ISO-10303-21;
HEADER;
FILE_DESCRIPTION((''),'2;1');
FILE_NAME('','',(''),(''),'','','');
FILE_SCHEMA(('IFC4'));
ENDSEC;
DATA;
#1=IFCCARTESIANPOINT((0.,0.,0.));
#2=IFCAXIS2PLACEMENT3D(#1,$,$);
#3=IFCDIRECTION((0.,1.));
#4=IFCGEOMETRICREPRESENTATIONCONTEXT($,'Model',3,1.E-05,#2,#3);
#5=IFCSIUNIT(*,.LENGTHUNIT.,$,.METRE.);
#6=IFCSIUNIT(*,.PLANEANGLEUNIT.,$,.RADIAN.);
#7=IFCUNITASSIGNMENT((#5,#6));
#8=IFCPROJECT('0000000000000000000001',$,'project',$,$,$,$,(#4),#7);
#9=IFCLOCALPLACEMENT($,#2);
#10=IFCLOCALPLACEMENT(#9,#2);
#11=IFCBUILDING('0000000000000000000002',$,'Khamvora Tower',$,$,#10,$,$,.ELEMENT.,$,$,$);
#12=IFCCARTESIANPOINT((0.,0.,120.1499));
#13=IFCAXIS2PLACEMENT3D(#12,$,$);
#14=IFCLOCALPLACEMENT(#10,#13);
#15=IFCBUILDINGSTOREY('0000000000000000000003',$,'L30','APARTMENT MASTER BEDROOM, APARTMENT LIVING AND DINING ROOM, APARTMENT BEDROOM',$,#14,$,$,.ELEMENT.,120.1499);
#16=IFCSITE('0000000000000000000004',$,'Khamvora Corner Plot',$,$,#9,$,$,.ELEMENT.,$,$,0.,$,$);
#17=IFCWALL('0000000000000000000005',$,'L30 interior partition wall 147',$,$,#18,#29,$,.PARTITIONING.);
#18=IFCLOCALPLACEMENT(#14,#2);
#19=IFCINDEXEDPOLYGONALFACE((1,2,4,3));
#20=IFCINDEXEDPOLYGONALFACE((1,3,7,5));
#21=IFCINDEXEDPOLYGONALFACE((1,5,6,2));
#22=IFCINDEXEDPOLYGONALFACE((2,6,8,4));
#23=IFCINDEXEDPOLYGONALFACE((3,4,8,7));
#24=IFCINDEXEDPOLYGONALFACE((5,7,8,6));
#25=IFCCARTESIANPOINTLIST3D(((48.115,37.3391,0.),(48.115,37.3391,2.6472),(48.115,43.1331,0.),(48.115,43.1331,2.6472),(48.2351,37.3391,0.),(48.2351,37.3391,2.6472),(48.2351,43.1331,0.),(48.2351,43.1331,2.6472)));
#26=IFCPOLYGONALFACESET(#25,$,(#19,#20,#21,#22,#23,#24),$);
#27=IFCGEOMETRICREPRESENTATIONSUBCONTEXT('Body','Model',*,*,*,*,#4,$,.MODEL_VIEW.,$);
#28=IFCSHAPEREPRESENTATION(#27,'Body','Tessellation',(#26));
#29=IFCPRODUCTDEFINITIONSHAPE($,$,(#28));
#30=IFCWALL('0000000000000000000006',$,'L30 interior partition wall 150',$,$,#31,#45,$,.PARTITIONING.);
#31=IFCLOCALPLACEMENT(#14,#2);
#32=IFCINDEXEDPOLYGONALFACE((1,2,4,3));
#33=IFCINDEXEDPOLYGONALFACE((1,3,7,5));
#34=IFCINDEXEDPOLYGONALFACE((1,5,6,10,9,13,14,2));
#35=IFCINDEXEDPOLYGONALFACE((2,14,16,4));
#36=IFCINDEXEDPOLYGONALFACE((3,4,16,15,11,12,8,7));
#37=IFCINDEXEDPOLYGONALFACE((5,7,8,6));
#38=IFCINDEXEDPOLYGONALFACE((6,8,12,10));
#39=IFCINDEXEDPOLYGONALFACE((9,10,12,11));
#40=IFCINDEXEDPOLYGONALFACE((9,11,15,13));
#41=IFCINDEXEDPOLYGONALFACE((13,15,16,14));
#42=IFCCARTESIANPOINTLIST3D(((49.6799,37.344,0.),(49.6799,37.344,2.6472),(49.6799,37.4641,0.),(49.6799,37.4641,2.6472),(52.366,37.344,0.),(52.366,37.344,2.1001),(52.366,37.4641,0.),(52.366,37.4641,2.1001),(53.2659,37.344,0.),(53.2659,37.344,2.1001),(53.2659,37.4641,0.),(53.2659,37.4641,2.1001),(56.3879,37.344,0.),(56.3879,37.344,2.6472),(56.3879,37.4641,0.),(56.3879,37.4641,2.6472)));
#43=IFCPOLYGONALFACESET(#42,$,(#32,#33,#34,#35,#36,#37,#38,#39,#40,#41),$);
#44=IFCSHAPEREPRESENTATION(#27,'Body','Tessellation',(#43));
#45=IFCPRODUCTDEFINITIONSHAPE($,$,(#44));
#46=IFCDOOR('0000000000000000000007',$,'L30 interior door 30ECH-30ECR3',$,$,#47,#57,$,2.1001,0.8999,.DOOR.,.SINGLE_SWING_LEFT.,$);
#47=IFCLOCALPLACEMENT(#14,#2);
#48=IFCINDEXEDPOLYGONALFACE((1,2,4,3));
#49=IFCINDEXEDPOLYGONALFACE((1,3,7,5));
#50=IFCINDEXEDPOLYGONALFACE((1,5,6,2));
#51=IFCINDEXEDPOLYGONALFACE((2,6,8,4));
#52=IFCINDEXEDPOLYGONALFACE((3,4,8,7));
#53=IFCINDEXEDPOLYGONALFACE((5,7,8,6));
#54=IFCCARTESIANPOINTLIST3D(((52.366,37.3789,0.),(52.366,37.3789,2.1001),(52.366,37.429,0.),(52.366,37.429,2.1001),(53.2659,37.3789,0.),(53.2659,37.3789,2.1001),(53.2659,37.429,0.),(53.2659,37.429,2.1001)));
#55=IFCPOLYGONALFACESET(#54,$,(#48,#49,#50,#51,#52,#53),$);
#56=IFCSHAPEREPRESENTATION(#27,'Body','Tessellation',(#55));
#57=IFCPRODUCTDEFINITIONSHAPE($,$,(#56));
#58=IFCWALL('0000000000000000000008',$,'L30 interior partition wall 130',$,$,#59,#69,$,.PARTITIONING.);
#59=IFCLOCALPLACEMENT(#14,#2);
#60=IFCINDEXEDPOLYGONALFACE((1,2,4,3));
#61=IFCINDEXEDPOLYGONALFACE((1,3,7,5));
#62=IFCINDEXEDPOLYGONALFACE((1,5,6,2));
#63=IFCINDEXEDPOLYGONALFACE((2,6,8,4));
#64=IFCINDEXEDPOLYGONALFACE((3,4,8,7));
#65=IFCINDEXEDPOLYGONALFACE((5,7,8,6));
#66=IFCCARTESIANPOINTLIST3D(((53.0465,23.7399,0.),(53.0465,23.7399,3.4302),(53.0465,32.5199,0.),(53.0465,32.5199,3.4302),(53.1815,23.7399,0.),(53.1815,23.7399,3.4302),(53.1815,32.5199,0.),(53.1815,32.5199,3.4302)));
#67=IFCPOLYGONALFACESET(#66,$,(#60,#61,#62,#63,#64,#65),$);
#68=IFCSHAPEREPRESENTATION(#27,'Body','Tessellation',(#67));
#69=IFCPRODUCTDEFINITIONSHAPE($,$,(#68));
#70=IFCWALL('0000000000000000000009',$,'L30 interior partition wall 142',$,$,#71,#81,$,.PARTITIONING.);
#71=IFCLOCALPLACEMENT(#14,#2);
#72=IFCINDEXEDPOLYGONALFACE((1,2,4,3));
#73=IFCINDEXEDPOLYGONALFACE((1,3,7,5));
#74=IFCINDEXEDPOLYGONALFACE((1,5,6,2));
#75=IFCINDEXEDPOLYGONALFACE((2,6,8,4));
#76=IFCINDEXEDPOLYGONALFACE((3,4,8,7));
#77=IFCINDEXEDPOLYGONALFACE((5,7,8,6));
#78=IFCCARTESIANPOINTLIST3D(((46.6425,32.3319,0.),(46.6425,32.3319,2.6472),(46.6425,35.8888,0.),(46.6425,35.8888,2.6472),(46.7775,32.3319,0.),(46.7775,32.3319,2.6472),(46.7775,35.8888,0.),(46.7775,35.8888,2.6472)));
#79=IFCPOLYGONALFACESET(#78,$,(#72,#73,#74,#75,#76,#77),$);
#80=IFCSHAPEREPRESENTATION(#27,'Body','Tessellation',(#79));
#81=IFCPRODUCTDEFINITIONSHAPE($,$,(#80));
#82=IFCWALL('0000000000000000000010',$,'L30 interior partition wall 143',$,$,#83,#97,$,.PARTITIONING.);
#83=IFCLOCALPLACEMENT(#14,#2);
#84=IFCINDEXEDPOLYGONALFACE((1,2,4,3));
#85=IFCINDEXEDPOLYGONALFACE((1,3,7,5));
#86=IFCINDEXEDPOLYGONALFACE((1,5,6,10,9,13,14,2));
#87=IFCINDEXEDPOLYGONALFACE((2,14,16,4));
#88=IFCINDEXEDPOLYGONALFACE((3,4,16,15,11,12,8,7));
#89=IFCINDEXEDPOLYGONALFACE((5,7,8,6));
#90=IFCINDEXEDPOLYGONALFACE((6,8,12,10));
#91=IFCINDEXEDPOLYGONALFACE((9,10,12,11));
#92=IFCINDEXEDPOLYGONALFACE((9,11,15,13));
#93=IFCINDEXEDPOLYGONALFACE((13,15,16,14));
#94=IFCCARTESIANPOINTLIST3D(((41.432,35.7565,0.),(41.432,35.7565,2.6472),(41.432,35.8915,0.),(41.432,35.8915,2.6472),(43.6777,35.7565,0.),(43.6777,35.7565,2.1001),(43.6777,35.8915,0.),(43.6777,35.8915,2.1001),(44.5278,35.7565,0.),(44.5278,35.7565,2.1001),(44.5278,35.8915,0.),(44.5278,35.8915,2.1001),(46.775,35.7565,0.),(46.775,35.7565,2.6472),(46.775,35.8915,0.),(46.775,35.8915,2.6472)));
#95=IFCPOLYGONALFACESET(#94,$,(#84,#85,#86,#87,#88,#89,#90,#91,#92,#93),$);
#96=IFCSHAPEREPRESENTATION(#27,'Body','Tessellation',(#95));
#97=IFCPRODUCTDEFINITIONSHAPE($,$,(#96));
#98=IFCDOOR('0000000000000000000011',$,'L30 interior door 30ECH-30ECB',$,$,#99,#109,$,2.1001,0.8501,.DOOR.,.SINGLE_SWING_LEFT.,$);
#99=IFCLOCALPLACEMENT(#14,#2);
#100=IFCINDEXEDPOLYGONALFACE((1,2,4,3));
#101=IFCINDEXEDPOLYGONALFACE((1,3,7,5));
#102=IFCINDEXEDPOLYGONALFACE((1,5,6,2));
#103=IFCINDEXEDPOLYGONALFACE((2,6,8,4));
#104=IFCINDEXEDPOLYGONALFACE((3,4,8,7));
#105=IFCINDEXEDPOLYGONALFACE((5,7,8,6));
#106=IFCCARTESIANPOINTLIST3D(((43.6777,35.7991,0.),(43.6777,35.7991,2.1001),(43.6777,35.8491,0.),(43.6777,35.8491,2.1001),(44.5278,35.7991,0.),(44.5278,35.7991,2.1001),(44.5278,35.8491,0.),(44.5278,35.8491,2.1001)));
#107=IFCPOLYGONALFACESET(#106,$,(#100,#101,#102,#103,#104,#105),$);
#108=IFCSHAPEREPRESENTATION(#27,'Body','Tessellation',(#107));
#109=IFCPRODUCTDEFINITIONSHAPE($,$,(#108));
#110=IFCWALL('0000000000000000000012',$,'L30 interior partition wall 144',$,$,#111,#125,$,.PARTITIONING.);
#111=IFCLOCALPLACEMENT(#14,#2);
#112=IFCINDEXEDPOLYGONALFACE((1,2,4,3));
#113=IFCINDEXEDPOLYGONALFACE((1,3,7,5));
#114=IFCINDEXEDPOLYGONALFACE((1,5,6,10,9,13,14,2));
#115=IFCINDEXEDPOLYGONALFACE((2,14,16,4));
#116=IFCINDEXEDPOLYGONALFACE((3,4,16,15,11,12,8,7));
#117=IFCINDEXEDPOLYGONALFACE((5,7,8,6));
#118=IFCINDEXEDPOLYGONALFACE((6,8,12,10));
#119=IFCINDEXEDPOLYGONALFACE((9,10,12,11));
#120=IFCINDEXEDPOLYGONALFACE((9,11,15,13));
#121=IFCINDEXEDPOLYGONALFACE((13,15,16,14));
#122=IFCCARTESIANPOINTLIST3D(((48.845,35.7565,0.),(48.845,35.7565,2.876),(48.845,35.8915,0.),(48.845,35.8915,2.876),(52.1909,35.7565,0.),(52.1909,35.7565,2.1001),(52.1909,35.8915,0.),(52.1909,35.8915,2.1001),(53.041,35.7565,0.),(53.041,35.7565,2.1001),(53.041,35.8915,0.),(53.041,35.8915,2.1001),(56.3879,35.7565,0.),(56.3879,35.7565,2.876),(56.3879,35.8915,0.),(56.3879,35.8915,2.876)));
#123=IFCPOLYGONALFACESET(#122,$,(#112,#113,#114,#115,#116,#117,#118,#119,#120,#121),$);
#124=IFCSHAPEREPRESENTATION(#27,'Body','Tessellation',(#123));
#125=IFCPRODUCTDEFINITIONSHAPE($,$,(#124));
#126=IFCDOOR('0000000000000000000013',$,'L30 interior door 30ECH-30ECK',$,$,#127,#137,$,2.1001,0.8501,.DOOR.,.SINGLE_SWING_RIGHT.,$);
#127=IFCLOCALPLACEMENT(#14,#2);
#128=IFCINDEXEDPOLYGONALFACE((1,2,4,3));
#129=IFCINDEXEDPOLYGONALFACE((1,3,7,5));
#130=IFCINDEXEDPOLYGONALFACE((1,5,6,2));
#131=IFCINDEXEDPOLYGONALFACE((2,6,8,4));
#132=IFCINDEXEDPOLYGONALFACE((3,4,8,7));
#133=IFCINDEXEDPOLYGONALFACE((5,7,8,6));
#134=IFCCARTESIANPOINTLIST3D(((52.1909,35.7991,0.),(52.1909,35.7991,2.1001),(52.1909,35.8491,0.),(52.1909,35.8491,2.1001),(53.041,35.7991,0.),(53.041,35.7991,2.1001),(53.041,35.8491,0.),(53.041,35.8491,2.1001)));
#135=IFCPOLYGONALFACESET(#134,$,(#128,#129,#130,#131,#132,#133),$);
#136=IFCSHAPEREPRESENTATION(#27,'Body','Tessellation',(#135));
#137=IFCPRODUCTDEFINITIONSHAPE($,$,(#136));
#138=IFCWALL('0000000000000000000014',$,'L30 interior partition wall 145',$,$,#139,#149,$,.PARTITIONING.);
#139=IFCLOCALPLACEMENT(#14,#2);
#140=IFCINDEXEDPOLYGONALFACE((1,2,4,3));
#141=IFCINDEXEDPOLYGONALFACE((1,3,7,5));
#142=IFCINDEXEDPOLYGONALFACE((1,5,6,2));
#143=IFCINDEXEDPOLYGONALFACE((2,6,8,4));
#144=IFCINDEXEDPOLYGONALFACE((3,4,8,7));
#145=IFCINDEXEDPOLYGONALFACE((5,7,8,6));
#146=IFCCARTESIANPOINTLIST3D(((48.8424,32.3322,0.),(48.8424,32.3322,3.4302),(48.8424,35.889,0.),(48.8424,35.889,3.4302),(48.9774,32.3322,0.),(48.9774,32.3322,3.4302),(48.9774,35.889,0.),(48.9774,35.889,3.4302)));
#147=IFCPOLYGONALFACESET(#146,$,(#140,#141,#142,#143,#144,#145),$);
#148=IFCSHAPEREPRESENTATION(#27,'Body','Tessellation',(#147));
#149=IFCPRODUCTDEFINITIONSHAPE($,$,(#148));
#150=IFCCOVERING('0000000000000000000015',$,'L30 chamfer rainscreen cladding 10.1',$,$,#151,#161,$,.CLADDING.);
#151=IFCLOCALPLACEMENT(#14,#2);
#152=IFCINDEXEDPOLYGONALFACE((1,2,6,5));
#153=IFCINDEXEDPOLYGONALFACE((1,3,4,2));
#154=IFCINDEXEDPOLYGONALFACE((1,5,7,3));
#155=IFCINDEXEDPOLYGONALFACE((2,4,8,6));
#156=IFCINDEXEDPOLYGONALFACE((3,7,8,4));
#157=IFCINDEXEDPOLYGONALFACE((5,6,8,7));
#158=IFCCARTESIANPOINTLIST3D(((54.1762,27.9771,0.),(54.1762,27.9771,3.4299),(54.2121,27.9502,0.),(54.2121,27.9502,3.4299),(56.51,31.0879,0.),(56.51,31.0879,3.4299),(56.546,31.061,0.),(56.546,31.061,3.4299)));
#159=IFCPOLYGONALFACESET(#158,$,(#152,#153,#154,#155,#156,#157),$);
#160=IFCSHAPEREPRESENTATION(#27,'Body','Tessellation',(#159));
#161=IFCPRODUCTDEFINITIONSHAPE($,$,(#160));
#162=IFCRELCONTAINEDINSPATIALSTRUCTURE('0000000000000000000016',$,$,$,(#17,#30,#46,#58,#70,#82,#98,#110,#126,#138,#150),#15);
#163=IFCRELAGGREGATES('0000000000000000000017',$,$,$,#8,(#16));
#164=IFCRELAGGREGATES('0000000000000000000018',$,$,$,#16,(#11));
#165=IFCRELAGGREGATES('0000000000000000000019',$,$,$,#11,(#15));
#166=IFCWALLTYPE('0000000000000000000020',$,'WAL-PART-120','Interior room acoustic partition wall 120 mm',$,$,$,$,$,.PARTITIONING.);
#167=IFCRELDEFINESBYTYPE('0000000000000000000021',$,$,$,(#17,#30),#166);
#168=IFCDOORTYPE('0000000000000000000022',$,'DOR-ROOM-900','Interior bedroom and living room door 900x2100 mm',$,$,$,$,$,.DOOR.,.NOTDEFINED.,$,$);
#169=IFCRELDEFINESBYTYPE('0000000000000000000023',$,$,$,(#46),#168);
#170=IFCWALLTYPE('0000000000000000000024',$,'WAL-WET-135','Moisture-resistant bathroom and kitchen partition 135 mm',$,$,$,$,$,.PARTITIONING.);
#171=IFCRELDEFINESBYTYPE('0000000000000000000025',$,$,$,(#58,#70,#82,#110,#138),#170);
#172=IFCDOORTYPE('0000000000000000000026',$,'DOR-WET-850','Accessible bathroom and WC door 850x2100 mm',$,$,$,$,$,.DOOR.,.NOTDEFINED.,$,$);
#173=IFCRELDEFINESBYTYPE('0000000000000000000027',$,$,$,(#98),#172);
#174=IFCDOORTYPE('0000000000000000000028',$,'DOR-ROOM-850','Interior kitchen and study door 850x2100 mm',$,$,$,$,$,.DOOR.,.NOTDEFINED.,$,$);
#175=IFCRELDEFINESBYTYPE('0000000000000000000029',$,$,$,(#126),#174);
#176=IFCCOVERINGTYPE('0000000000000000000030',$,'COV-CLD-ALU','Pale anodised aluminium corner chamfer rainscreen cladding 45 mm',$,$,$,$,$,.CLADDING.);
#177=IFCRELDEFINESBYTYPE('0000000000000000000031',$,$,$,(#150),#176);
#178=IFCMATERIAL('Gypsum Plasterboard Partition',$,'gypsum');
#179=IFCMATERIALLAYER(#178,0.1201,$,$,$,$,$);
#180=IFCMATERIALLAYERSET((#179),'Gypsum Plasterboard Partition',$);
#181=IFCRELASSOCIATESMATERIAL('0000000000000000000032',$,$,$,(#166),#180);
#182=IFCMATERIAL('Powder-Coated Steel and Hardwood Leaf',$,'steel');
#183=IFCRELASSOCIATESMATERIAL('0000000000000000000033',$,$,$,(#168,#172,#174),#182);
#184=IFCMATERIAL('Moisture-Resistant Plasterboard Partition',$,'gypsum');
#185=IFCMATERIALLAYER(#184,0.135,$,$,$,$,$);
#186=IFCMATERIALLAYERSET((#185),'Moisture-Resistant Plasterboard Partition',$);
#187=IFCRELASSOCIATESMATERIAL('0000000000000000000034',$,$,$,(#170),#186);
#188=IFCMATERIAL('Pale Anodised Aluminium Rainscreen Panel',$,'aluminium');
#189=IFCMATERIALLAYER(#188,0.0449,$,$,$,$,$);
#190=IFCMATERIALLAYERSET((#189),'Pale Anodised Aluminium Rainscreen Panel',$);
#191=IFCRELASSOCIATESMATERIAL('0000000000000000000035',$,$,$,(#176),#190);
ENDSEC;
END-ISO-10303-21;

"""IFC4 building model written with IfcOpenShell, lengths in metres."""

from ifc_helpers import new_model, si_unit, direction, frame, frame_2d, origin, origin_2d, place, context, subcontext, project, spatial, rectangle, extrude, material, layer, layer_set, type_object, element, fill, save


model = new_model("IFC4")

# Units and contexts
model_context = context("Model", 3, precision=1e-05, world=origin(), true_north=direction((0.0, 1.0)))
body_context = subcontext(model_context, "Body", "Model", "MODEL_VIEW")
ifc_project = project(units=[si_unit("LENGTHUNIT", "METRE"), si_unit("PLANEANGLEUNIT", "RADIAN")], contexts=[model_context])

# Site, building, storey
site_placement = place(None, origin())
site = spatial("IfcSite", under=ifc_project, at=site_placement, Name="Khamvora Corner Plot", CompositionType="ELEMENT", RefElevation=0.0)
building_placement = place(site_placement, origin())
building = spatial("IfcBuilding", under=site, at=building_placement, Name="Khamvora Tower", CompositionType="ELEMENT")
storey_placement = place(building_placement, frame((0.0, 0.0, 120.1499)))
storey = spatial("IfcBuildingStorey", under=building, at=storey_placement, Name="L30", Description="APARTMENT MASTER BEDROOM, APARTMENT LIVING AND DINING ROOM, APARTMENT BEDROOM", CompositionType="ELEMENT", Elevation=120.1499)

# Shared definitions
ifc_material_1 = material(Name="Powder-Coated Steel and Hardwood Leaf", Category="steel")

# Shared definitions
ifc_material_2 = material(Name="Gypsum Plasterboard Partition", Category="gypsum")
ifc_layer_1 = layer(ifc_material_2, 0.1201)
ifc_layer_set_1 = layer_set([ifc_layer_1], Name="Gypsum Plasterboard Partition")
wall_type_1 = type_object("IfcWallType", Name="WAL-PART-120", Description="Interior room acoustic partition wall 120 mm", PredefinedType="PARTITIONING", material=ifc_layer_set_1)
door_type_1 = type_object("IfcDoorType", Name="DOR-ROOM-900", Description="Interior bedroom and living room door 900x2100 mm", OperationType="NOTDEFINED", PredefinedType="DOOR", material=ifc_material_1)

# Wall
wall_1_placement = place(storey_placement, frame((48.175, 37.3391, 0.0), z_axis=(0.0, 0.0, 1.0), x_axis=(0.0, 1.0, 0.0)))
element("IfcWall", 1, at=wall_1_placement, inside=storey, type_object=wall_type_1, Name="L30 interior partition wall 147", PredefinedType="PARTITIONING", context=body_context, shape_type="SweptSolid", body=[
    extrude(rectangle(XDim=5.7939, YDim=0.1201, at=frame_2d((2.897, 0.0))), origin(), (0.0, 0.0, 1.0), 2.6472),
])

# Wall, opening, door
wall_2_placement = place(storey_placement, frame((49.6799, 37.4041, 0.0), z_axis=(0.0, 0.0, 1.0), x_axis=(1.0, 0.0, 0.0)))
wall_2 = element("IfcWall", 2, at=wall_2_placement, inside=storey, type_object=wall_type_1, Name="L30 interior partition wall 150", PredefinedType="PARTITIONING", context=body_context, shape_type="SweptSolid", body=[
    extrude(rectangle(XDim=6.708, YDim=0.1201, at=frame_2d((3.354, 0.0))), origin(), (0.0, 0.0, 1.0), 2.6472),
])
opening_1_placement = place(wall_2_placement, frame((2.686, 0.0, 0.0)))
opening_1 = element("IfcOpeningElement", 3, at=opening_1_placement, cuts=wall_2, PredefinedType="OPENING", context=body_context, shape_type="SweptSolid", body=[
    extrude(rectangle(XDim=0.8999, YDim=2.1001, at=frame_2d((0.45, 1.05))), frame((0.0, 0.0701, 0.0), z_axis=(0.0, -1.0, 0.0), x_axis=(1.0, 0.0, 0.0)), (0.0, 0.0, 1.0), 0.1401),
])
door_1_placement = place(opening_1_placement, origin())
door_1 = element("IfcDoor", 4, at=door_1_placement, inside=storey, type_object=door_type_1, Name="L30 interior door 30ECH-30ECR3", OperationType="SINGLE_SWING_LEFT", OverallHeight=2.1001, OverallWidth=0.8999, PredefinedType="DOOR", context=body_context, shape_type="SweptSolid", body=[
    extrude(rectangle(XDim=0.8999, YDim=2.1001, at=frame_2d((0.45, 1.05))), frame((0.0, 0.0249, 0.0), z_axis=(0.0, -1.0, 0.0), x_axis=(1.0, 0.0, 0.0)), (0.0, 0.0, 1.0), 0.05),
])
fill(opening_1, door_1)

# Walls
ifc_material_3 = material(Name="Moisture-Resistant Plasterboard Partition", Category="gypsum")
ifc_layer_2 = layer(ifc_material_3, 0.135)
ifc_layer_set_2 = layer_set([ifc_layer_2], Name="Moisture-Resistant Plasterboard Partition")
wall_type_2 = type_object("IfcWallType", Name="WAL-WET-135", Description="Moisture-resistant bathroom and kitchen partition 135 mm", PredefinedType="PARTITIONING", material=ifc_layer_set_2)
wall_3_placement = place(storey_placement, frame((53.114, 32.52, 0.0), z_axis=(0.0, 0.0, 1.0), x_axis=(0.0, -1.0, 0.0)))
element("IfcWall", 5, at=wall_3_placement, inside=storey, type_object=wall_type_2, Name="L30 interior partition wall 130", PredefinedType="PARTITIONING", context=body_context, shape_type="SweptSolid", body=[
    extrude(rectangle(XDim=8.78, YDim=0.135, at=frame_2d((4.3901, 0.0))), origin(), (0.0, 0.0, 1.0), 3.4302),
])
wall_4_placement = place(storey_placement, frame((46.71, 32.332, 0.0), z_axis=(0.0, 0.0, 1.0), x_axis=(0.0, 1.0, 0.0)))
element("IfcWall", 6, at=wall_4_placement, inside=storey, type_object=wall_type_2, Name="L30 interior partition wall 142", PredefinedType="PARTITIONING", context=body_context, shape_type="SweptSolid", body=[
    extrude(rectangle(XDim=3.5569, YDim=0.135, at=frame_2d((1.7783, 0.0))), origin(), (0.0, 0.0, 1.0), 2.6472),
])

# Walls, openings, doors
wall_5_placement = place(storey_placement, frame((46.7749, 35.824, 0.0), z_axis=(0.0, 0.0, 1.0), x_axis=(-1.0, 0.0, 0.0)))
wall_5 = element("IfcWall", 7, at=wall_5_placement, inside=storey, type_object=wall_type_2, Name="L30 interior partition wall 143", PredefinedType="PARTITIONING", context=body_context, shape_type="SweptSolid", body=[
    extrude(rectangle(XDim=5.343, YDim=0.135, at=frame_2d((2.6714, 0.0))), origin(), (0.0, 0.0, 1.0), 2.6472),
])
opening_2_placement = place(wall_5_placement, frame((2.2471, 0.0, 0.0)))
opening_2 = element("IfcOpeningElement", 8, at=opening_2_placement, cuts=wall_5, PredefinedType="OPENING", context=body_context, shape_type="SweptSolid", body=[
    extrude(rectangle(XDim=0.8501, YDim=2.1001, at=frame_2d((0.425, 1.05))), frame((0.0, 0.0774, 0.0), z_axis=(0.0, -1.0, 0.0), x_axis=(1.0, 0.0, 0.0)), (0.0, 0.0, 1.0), 0.155),
])
door_type_2 = type_object("IfcDoorType", Name="DOR-WET-850", Description="Accessible bathroom and WC door 850x2100 mm", OperationType="NOTDEFINED", PredefinedType="DOOR", material=ifc_material_1)
door_2_placement = place(opening_2_placement, origin())
door_2 = element("IfcDoor", 9, at=door_2_placement, inside=storey, type_object=door_type_2, Name="L30 interior door 30ECH-30ECB", OperationType="SINGLE_SWING_LEFT", OverallHeight=2.1001, OverallWidth=0.8501, PredefinedType="DOOR", context=body_context, shape_type="SweptSolid", body=[
    extrude(rectangle(XDim=0.8501, YDim=2.1001, at=frame_2d((0.425, 1.05))), frame((0.0, 0.0249, 0.0), z_axis=(0.0, -1.0, 0.0), x_axis=(1.0, 0.0, 0.0)), (0.0, 0.0, 1.0), 0.05),
])
fill(opening_2, door_2)
wall_6_placement = place(storey_placement, frame((56.3879, 35.824, 0.0), z_axis=(0.0, 0.0, 1.0), x_axis=(-1.0, 0.0, 0.0)))
wall_6 = element("IfcWall", 10, at=wall_6_placement, inside=storey, type_object=wall_type_2, Name="L30 interior partition wall 144", PredefinedType="PARTITIONING", context=body_context, shape_type="SweptSolid", body=[
    extrude(rectangle(XDim=7.543, YDim=0.135, at=frame_2d((3.7715, 0.0))), origin(), (0.0, 0.0, 1.0), 2.876),
])
opening_3_placement = place(wall_6_placement, frame((3.3469, 0.0, 0.0)))
opening_3 = element("IfcOpeningElement", 11, at=opening_3_placement, cuts=wall_6, PredefinedType="OPENING", context=body_context, shape_type="SweptSolid", body=[
    extrude(rectangle(XDim=0.8501, YDim=2.1001, at=frame_2d((0.425, 1.05))), frame((0.0, 0.0774, 0.0), z_axis=(0.0, -1.0, 0.0), x_axis=(1.0, 0.0, 0.0)), (0.0, 0.0, 1.0), 0.155),
])
door_type_3 = type_object("IfcDoorType", Name="DOR-ROOM-850", Description="Interior kitchen and study door 850x2100 mm", OperationType="NOTDEFINED", PredefinedType="DOOR", material=ifc_material_1)
door_3_placement = place(opening_3_placement, origin())
door_3 = element("IfcDoor", 12, at=door_3_placement, inside=storey, type_object=door_type_3, Name="L30 interior door 30ECH-30ECK", OperationType="SINGLE_SWING_RIGHT", OverallHeight=2.1001, OverallWidth=0.8501, PredefinedType="DOOR", context=body_context, shape_type="SweptSolid", body=[
    extrude(rectangle(XDim=0.8501, YDim=2.1001, at=frame_2d((0.425, 1.05))), frame((0.0, 0.0249, 0.0), z_axis=(0.0, -1.0, 0.0), x_axis=(1.0, 0.0, 0.0)), (0.0, 0.0, 1.0), 0.05),
])
fill(opening_3, door_3)

# Wall
wall_7_placement = place(storey_placement, frame((48.9099, 35.8889, 0.0), z_axis=(0.0, 0.0, 1.0), x_axis=(0.0, -1.0, 0.0)))
element("IfcWall", 13, at=wall_7_placement, inside=storey, type_object=wall_type_2, Name="L30 interior partition wall 145", PredefinedType="PARTITIONING", context=body_context, shape_type="SweptSolid", body=[
    extrude(rectangle(XDim=3.5569, YDim=0.135, at=frame_2d((1.7783, 0.0))), origin(), (0.0, 0.0, 1.0), 3.4302),
])

# Covering
ifc_material_4 = material(Name="Pale Anodised Aluminium Rainscreen Panel", Category="aluminium")
ifc_layer_3 = layer(ifc_material_4, 0.0449)
ifc_layer_set_3 = layer_set([ifc_layer_3], Name="Pale Anodised Aluminium Rainscreen Panel")
covering_type = type_object("IfcCoveringType", Name="COV-CLD-ALU", Description="Pale anodised aluminium corner chamfer rainscreen cladding 45 mm", PredefinedType="CLADDING", material=ifc_layer_set_3)
covering_placement = place(storey_placement, frame((55.3611, 29.519, 0.0), z_axis=(0.0, 0.0, 1.0), x_axis=(-0.60012, -0.79991, 0.0)))
element("IfcCovering", 14, at=covering_placement, inside=storey, type_object=covering_type, Name="L30 chamfer rainscreen cladding 10.1", PredefinedType="CLADDING", context=body_context, shape_type="SweptSolid", body=[
    extrude(rectangle(XDim=3.8889, YDim=0.0449, at=origin_2d()), origin(), (0.0, 0.0, 1.0), 3.4299),
])

save(model, "model.ifc")
